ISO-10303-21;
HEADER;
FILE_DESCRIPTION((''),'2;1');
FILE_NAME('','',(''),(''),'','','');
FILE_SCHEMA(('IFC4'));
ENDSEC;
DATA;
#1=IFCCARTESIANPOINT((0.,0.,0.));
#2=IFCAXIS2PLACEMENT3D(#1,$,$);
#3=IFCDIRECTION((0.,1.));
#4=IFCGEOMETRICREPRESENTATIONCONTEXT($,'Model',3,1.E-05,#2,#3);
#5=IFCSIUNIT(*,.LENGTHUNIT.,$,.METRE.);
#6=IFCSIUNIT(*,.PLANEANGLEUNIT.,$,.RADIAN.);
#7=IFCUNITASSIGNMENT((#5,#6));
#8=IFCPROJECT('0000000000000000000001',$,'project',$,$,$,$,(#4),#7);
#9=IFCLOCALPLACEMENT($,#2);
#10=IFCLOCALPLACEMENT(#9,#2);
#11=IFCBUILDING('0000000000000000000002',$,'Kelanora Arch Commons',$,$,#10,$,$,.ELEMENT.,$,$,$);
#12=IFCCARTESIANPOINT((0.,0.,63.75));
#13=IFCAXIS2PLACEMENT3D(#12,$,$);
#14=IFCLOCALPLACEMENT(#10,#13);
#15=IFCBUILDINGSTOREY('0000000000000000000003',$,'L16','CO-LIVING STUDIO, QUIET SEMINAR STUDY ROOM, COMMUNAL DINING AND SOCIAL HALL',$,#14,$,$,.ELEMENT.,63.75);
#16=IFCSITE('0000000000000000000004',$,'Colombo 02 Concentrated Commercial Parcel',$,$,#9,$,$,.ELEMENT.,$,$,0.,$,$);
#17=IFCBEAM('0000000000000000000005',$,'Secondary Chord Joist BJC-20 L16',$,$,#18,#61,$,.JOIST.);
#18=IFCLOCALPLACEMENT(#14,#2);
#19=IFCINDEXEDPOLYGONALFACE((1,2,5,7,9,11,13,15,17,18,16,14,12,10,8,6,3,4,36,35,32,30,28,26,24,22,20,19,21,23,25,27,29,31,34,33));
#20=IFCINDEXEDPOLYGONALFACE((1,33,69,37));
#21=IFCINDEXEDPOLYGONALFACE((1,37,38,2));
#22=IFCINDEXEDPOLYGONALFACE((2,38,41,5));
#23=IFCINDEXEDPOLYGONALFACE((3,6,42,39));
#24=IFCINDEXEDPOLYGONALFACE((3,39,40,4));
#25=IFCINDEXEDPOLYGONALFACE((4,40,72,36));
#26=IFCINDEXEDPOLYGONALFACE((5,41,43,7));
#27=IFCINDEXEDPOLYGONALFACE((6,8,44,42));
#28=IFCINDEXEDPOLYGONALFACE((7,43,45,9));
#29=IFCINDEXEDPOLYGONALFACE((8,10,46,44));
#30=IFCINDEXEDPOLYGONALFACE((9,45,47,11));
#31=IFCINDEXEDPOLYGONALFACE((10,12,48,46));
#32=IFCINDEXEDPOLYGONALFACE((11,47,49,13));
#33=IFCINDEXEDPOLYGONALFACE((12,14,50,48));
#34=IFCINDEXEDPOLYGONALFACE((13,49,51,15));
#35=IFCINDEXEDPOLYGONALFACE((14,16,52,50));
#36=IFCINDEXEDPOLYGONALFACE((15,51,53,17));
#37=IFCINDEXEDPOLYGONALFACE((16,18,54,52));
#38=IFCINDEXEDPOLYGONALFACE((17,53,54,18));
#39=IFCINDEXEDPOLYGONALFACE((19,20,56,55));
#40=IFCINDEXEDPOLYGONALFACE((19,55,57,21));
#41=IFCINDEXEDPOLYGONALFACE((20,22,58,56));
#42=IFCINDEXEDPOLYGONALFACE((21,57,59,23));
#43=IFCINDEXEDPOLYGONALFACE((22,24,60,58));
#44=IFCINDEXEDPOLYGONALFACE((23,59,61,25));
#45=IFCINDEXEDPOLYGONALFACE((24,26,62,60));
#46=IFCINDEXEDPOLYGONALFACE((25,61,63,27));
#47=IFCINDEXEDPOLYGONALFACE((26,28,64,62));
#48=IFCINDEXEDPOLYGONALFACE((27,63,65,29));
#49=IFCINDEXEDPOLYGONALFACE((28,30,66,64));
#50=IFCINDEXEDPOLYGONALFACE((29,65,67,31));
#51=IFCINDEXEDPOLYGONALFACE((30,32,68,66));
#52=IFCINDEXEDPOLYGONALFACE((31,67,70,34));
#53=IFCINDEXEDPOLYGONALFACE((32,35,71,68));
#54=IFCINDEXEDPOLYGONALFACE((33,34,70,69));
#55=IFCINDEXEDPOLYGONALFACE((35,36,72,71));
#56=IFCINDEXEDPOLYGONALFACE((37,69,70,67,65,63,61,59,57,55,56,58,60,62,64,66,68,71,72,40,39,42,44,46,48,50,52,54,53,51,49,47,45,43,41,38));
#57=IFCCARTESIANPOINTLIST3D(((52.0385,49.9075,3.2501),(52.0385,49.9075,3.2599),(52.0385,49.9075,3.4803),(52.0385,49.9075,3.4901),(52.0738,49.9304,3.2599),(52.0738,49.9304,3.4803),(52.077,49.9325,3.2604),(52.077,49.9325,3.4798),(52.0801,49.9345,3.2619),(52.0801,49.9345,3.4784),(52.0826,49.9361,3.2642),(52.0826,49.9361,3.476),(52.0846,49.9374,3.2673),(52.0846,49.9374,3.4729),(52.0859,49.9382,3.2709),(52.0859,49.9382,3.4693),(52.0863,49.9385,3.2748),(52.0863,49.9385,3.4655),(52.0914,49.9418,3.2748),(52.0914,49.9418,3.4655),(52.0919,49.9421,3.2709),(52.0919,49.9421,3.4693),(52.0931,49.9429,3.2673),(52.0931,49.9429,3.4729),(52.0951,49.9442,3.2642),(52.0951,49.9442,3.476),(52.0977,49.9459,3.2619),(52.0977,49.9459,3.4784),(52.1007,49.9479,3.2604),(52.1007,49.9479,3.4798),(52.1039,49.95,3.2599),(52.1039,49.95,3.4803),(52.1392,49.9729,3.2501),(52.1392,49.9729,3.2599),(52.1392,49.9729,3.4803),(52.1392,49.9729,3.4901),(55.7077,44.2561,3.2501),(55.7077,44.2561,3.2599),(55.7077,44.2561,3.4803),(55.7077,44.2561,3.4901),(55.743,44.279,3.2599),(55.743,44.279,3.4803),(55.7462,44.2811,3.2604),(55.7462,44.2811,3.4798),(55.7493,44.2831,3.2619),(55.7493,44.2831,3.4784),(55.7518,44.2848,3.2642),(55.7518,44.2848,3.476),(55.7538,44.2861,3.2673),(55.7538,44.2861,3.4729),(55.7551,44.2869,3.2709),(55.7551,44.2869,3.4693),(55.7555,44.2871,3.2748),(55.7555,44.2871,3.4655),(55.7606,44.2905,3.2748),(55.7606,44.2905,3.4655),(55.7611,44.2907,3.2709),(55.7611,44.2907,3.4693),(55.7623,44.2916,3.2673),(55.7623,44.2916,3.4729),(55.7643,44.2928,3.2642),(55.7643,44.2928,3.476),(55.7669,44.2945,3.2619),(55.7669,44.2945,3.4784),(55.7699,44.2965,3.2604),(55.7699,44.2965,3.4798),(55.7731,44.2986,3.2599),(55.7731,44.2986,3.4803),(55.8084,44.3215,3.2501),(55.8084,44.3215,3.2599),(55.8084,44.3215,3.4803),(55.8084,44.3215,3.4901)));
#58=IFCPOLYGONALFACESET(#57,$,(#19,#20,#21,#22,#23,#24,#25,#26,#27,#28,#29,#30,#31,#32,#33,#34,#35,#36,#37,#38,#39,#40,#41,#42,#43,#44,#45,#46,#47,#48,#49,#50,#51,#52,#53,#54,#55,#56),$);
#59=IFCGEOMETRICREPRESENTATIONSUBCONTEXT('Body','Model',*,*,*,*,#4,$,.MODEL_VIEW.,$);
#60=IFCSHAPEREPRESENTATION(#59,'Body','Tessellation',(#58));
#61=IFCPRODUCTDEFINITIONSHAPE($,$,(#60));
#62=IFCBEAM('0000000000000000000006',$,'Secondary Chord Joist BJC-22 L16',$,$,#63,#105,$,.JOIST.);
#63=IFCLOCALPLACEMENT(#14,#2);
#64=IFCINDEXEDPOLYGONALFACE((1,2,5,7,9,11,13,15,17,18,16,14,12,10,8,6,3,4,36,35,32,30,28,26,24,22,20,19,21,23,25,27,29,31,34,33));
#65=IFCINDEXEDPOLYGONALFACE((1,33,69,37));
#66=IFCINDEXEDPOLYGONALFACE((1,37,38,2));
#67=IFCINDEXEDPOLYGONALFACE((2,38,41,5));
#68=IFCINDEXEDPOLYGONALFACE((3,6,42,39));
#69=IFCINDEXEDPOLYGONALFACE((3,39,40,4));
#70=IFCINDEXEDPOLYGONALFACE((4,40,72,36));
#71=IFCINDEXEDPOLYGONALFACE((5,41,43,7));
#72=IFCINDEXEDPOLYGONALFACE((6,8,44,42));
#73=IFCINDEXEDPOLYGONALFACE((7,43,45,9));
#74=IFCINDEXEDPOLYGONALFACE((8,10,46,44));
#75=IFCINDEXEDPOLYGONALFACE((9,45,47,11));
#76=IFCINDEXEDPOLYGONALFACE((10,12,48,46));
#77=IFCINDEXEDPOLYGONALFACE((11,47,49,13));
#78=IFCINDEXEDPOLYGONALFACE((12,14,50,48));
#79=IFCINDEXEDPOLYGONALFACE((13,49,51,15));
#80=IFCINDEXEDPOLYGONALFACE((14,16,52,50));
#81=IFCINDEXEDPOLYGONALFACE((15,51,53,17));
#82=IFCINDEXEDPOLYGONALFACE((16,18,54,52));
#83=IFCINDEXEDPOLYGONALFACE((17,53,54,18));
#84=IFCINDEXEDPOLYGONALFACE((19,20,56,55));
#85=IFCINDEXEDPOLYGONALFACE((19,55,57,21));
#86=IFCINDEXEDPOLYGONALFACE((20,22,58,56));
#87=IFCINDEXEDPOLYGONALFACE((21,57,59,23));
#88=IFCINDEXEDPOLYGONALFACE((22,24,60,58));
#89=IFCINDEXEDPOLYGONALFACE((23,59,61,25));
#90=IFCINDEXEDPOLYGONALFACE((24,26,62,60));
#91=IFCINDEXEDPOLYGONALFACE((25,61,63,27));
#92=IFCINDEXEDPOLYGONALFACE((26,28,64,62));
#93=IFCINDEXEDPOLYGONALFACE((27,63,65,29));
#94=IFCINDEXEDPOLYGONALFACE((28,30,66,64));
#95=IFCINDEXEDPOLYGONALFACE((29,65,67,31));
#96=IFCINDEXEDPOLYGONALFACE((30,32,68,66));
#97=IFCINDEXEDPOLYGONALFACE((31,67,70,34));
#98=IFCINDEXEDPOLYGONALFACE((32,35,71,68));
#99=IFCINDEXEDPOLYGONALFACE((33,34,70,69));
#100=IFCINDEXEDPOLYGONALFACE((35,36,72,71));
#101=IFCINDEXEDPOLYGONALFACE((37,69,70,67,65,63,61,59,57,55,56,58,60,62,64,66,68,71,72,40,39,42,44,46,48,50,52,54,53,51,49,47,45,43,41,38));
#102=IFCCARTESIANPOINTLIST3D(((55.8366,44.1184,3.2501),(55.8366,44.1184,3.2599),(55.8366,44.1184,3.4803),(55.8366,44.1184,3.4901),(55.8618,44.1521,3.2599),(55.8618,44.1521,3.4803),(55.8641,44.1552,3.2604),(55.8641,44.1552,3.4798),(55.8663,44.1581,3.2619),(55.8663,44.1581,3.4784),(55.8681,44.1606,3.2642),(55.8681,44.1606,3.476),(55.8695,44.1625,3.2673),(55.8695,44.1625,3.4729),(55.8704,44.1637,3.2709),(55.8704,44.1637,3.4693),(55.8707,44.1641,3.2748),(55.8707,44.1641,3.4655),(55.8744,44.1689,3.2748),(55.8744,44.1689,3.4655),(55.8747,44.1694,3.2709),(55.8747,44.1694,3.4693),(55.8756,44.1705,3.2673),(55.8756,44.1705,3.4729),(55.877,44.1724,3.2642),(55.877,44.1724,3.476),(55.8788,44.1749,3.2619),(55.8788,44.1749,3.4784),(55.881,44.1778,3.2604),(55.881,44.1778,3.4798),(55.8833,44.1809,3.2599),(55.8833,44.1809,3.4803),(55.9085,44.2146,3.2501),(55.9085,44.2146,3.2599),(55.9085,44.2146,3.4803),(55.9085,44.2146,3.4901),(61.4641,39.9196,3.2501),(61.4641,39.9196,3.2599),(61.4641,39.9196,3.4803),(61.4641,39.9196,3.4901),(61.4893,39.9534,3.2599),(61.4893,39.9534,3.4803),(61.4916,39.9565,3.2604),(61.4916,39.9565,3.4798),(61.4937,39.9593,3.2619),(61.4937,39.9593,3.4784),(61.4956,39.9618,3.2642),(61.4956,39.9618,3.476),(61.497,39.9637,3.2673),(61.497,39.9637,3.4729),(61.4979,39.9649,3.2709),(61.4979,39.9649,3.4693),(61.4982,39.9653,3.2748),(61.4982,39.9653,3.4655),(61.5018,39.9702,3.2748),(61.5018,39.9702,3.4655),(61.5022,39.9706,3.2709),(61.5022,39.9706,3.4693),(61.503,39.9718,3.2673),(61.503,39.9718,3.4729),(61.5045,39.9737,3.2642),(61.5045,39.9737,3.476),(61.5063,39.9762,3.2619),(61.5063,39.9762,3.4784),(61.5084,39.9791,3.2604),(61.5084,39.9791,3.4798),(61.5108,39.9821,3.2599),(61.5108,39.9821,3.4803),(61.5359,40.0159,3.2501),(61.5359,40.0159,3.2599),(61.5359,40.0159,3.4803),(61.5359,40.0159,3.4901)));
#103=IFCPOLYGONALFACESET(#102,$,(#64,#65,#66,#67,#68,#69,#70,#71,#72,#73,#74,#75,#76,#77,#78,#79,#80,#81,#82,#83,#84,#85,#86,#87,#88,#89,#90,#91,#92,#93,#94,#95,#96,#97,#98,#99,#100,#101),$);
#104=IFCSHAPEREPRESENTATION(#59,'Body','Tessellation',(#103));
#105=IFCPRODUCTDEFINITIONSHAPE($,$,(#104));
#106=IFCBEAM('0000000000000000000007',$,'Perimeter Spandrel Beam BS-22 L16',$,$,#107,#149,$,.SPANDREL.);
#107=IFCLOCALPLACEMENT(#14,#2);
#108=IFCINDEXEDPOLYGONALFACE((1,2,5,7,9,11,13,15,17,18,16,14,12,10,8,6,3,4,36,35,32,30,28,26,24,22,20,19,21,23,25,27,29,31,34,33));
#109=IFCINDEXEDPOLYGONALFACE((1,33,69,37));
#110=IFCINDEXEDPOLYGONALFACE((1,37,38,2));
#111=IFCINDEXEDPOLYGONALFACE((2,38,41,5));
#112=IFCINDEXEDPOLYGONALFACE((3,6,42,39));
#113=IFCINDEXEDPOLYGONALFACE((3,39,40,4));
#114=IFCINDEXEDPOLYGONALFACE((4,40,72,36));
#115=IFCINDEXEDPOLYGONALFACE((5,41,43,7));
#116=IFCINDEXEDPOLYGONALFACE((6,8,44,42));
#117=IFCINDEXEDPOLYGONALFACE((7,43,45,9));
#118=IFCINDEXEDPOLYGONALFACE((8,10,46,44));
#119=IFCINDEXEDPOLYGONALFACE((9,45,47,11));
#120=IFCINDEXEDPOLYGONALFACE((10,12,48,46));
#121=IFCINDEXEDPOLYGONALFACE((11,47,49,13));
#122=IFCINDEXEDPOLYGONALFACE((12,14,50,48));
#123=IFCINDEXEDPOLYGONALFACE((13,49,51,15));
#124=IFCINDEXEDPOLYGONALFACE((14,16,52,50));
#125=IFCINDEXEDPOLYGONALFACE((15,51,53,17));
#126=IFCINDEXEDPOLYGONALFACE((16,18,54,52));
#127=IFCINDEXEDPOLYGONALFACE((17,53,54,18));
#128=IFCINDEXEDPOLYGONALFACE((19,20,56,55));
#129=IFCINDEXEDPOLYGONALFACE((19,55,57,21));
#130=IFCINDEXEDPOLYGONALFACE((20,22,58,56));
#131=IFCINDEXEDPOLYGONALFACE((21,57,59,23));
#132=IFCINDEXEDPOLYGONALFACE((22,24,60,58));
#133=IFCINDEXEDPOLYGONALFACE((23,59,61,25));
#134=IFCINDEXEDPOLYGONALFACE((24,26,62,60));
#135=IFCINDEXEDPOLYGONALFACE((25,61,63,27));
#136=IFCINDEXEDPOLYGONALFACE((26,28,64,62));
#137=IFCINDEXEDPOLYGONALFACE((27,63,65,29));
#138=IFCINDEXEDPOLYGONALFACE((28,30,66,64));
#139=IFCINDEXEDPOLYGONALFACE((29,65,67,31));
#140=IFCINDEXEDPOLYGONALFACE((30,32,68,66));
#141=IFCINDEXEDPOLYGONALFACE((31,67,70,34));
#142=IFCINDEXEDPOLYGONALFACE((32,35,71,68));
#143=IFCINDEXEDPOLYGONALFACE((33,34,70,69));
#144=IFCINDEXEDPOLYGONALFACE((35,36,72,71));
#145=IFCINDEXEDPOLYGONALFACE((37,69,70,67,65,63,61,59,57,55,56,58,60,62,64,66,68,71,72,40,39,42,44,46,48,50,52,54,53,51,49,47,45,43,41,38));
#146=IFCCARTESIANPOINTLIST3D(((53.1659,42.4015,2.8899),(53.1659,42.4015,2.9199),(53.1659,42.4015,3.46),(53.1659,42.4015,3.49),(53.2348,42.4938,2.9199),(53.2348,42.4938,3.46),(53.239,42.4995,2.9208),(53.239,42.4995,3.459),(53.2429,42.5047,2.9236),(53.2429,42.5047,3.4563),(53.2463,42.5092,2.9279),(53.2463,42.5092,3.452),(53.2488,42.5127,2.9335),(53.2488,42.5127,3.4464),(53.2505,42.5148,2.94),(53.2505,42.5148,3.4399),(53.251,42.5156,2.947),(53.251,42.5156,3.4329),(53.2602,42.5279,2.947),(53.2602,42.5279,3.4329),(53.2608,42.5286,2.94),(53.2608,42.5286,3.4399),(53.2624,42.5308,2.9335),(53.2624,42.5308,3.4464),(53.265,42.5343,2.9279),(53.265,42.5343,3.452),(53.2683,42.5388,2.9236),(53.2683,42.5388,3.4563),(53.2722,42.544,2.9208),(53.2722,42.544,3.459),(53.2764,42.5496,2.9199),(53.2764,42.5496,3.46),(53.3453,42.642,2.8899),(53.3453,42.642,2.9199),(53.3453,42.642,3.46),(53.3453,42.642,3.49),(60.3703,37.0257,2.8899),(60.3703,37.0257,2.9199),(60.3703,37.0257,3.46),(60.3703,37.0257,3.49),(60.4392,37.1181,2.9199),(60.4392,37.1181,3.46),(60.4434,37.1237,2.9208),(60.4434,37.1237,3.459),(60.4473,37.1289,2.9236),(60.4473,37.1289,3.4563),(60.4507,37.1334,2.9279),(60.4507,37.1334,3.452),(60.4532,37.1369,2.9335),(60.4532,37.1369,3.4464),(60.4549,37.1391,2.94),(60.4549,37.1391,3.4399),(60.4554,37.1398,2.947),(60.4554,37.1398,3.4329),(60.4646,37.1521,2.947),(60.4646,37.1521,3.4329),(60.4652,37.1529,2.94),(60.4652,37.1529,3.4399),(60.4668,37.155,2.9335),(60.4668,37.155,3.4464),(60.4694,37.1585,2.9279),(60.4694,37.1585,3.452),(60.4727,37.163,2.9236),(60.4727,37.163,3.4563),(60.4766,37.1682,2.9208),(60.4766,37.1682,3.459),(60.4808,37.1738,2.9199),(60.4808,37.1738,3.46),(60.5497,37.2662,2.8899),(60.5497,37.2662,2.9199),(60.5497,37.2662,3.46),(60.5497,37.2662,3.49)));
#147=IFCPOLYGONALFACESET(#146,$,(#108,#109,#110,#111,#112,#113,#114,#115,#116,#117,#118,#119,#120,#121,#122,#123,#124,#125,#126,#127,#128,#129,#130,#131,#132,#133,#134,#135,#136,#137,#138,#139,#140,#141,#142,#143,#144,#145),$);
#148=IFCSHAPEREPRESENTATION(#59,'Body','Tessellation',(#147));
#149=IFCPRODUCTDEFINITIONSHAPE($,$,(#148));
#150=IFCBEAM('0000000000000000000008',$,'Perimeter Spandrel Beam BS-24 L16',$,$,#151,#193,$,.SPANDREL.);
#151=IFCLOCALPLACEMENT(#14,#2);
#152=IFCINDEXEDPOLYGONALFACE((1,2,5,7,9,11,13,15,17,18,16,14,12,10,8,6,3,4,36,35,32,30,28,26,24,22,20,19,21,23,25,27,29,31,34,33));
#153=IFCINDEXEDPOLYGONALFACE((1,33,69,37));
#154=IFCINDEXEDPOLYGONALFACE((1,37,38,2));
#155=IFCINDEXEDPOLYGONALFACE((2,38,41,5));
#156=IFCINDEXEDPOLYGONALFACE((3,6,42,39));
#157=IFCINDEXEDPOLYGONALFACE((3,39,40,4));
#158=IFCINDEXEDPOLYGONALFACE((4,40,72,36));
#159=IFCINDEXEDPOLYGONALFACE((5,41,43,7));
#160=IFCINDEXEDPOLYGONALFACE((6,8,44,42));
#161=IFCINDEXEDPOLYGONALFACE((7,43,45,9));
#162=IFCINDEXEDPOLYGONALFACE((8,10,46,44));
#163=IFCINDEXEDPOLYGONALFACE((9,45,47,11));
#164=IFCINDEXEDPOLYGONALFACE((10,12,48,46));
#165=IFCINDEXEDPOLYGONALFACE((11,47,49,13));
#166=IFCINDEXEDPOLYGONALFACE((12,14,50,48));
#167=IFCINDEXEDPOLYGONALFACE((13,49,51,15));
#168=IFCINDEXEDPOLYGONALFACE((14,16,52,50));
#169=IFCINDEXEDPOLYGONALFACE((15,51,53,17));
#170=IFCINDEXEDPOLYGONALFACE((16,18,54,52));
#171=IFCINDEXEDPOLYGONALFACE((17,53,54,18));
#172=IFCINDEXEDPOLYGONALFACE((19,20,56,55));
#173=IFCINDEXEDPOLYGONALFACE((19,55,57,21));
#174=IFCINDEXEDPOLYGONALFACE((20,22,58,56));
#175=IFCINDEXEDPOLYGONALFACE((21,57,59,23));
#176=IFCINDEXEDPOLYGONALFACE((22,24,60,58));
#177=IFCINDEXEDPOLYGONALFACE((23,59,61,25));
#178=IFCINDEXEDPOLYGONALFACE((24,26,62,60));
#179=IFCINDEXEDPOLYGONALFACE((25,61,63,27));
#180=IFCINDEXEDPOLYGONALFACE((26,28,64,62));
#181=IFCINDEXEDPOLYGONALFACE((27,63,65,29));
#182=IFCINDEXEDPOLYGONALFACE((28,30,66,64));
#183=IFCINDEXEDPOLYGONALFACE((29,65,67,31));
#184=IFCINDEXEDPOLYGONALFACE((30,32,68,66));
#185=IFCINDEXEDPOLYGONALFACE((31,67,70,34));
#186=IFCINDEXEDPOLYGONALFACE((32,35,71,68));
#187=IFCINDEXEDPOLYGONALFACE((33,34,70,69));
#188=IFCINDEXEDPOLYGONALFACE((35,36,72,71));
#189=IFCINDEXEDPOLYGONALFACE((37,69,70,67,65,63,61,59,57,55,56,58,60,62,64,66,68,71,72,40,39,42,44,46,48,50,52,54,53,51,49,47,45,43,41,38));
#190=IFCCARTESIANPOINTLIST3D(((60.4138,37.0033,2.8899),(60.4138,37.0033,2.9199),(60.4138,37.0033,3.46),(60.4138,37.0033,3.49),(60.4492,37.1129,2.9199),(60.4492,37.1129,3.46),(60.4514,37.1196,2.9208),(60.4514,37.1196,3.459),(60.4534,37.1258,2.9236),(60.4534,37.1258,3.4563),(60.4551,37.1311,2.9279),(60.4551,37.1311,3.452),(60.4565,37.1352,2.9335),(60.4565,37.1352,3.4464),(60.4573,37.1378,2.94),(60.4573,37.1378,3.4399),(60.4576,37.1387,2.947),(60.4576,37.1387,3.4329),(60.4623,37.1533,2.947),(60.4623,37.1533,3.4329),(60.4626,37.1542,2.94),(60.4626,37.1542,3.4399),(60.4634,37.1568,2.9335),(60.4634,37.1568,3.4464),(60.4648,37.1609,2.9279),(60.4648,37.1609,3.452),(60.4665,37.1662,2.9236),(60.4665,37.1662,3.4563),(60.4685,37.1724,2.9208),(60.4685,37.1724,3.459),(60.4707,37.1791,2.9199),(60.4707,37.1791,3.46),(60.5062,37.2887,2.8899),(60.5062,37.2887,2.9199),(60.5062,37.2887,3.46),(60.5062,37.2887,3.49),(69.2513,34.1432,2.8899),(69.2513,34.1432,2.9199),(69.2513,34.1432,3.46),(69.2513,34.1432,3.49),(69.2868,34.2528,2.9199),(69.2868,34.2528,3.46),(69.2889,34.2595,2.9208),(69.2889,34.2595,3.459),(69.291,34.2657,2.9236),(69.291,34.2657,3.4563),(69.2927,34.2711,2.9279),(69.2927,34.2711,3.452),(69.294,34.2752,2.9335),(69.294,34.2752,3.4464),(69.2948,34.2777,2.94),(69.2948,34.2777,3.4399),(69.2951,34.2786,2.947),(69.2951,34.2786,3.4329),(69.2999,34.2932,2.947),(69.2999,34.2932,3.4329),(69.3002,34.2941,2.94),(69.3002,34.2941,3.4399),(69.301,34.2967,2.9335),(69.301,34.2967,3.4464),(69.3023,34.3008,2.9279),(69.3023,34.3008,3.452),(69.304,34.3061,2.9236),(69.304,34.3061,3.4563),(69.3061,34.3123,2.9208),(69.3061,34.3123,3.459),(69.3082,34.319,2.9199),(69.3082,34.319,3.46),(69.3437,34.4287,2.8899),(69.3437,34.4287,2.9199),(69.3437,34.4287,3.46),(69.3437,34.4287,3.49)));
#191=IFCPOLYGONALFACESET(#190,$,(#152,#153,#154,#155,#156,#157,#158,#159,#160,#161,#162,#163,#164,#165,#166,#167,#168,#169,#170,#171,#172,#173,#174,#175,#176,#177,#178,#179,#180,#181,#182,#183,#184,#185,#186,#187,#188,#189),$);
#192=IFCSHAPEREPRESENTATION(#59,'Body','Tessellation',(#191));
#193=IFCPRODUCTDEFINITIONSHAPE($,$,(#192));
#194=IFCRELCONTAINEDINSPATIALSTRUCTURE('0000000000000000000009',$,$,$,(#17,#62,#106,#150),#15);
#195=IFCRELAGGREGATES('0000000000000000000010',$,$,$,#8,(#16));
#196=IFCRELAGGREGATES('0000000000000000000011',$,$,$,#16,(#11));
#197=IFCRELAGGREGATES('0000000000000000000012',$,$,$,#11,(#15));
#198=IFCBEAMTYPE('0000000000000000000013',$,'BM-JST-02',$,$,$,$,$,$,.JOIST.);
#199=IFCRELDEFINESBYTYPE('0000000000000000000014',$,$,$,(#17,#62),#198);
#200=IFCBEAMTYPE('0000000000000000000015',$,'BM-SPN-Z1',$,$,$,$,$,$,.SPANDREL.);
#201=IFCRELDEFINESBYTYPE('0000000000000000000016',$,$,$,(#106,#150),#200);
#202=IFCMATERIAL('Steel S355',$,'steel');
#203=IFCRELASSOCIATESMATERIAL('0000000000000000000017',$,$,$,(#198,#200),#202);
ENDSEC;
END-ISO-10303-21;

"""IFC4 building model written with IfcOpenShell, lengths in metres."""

from ifc_helpers import new_model, si_unit, direction, frame, origin, origin_2d, place, context, subcontext, project, spatial, i_section, extrude, material, material_profile, profile_set, type_object, element, save


model = new_model("IFC4")

# Units and contexts
model_context = context("Model", 3, precision=1e-05, world=origin(), true_north=direction((0.0, 1.0)))
body_context = subcontext(model_context, "Body", "Model", "MODEL_VIEW")
ifc_project = project(units=[si_unit("LENGTHUNIT", "METRE"), si_unit("PLANEANGLEUNIT", "RADIAN")], contexts=[model_context])

# Site, building, storey
site_placement = place(None, origin())
site = spatial("IfcSite", under=ifc_project, at=site_placement, Name="Colombo 02 Concentrated Commercial Parcel", CompositionType="ELEMENT", RefElevation=0.0)
building_placement = place(site_placement, origin())
building = spatial("IfcBuilding", under=site, at=building_placement, Name="Kelanora Arch Commons", CompositionType="ELEMENT")
storey_placement = place(building_placement, frame((0.0, 0.0, 63.75)))
storey = spatial("IfcBuildingStorey", under=building, at=storey_placement, Name="L16", Description="CO-LIVING STUDIO, QUIET SEMINAR STUDY ROOM, COMMUNAL DINING AND SOCIAL HALL", CompositionType="ELEMENT", Elevation=63.75)

# Beams
ifc_material_1 = material(Name="Steel S355", Category="steel")
ifc_material_profile_1 = material_profile(ifc_material_1, i_section(OverallWidth=0.1201, OverallDepth=0.24, WebThickness=0.0061, FlangeThickness=0.0098, FilletRadius=0.0149, at=origin_2d()), Name="IPE240")
ifc_profile_set_1 = profile_set([ifc_material_profile_1], Name="Steel S355")
beam_type_1 = type_object("IfcBeamType", Name="BM-JST-02", PredefinedType="JOIST", material=ifc_profile_set_1)
beam_1_placement = place(storey_placement, frame((52.0889, 49.9402, 3.3701), z_axis=(0.54455, -0.838728, 0.0), x_axis=(0.838728, 0.54455, 0.0)))
element("IfcBeam", 1, at=beam_1_placement, inside=storey, type_object=beam_type_1, Name="Secondary Chord Joist BJC-20 L16", PredefinedType="JOIST", context=body_context, shape_type="SweptSolid", body=[
    extrude(i_section(OverallWidth=0.1201, OverallDepth=0.24, WebThickness=0.0061, FlangeThickness=0.0098, FilletRadius=0.0149, at=origin_2d()), origin(), (0.0, 0.0, 1.0), 6.738),
])
beam_2_placement = place(storey_placement, frame((55.8726, 44.1665, 3.3701), z_axis=(0.801491, -0.598006, 0.0), x_axis=(0.598006, 0.801491, 0.0)))
element("IfcBeam", 2, at=beam_2_placement, inside=storey, type_object=beam_type_1, Name="Secondary Chord Joist BJC-22 L16", PredefinedType="JOIST", context=body_context, shape_type="SweptSolid", body=[
    extrude(i_section(OverallWidth=0.1201, OverallDepth=0.24, WebThickness=0.0061, FlangeThickness=0.0098, FilletRadius=0.0149, at=origin_2d()), origin(), (0.0, 0.0, 1.0), 7.0212),
])
ifc_material_profile_2 = material_profile(ifc_material_1, i_section(OverallWidth=0.3, OverallDepth=0.6001, WebThickness=0.0154, FlangeThickness=0.03, FilletRadius=0.0271, at=origin_2d()), Name="HEB600")
ifc_profile_set_2 = profile_set([ifc_material_profile_2], Name="Steel S355")
beam_type_2 = type_object("IfcBeamType", Name="BM-SPN-Z1", PredefinedType="SPANDREL", material=ifc_profile_set_2)
beam_3_placement = place(storey_placement, frame((53.2556, 42.5217, 3.1899), z_axis=(0.801468, -0.598038, 0.0), x_axis=(0.598038, 0.801468, 0.0)))
element("IfcBeam", 3, at=beam_3_placement, inside=storey, type_object=beam_type_2, Name="Perimeter Spandrel Beam BS-22 L16", PredefinedType="SPANDREL", context=body_context, shape_type="SweptSolid", body=[
    extrude(i_section(OverallWidth=0.3, OverallDepth=0.6001, WebThickness=0.0154, FlangeThickness=0.03, FilletRadius=0.0271, at=origin_2d()), origin(), (0.0, 0.0, 1.0), 8.989),
])
beam_4_placement = place(storey_placement, frame((60.46, 37.146, 3.1899), z_axis=(0.951417, -0.307905, 0.0), x_axis=(0.307905, 0.951417, 0.0)))
element("IfcBeam", 4, at=beam_4_placement, inside=storey, type_object=beam_type_2, Name="Perimeter Spandrel Beam BS-24 L16", PredefinedType="SPANDREL", context=body_context, shape_type="SweptSolid", body=[
    extrude(i_section(OverallWidth=0.3, OverallDepth=0.6001, WebThickness=0.0154, FlangeThickness=0.03, FilletRadius=0.0271, at=origin_2d()), origin(), (0.0, 0.0, 1.0), 9.2888),
])

save(model, "model.ifc")
